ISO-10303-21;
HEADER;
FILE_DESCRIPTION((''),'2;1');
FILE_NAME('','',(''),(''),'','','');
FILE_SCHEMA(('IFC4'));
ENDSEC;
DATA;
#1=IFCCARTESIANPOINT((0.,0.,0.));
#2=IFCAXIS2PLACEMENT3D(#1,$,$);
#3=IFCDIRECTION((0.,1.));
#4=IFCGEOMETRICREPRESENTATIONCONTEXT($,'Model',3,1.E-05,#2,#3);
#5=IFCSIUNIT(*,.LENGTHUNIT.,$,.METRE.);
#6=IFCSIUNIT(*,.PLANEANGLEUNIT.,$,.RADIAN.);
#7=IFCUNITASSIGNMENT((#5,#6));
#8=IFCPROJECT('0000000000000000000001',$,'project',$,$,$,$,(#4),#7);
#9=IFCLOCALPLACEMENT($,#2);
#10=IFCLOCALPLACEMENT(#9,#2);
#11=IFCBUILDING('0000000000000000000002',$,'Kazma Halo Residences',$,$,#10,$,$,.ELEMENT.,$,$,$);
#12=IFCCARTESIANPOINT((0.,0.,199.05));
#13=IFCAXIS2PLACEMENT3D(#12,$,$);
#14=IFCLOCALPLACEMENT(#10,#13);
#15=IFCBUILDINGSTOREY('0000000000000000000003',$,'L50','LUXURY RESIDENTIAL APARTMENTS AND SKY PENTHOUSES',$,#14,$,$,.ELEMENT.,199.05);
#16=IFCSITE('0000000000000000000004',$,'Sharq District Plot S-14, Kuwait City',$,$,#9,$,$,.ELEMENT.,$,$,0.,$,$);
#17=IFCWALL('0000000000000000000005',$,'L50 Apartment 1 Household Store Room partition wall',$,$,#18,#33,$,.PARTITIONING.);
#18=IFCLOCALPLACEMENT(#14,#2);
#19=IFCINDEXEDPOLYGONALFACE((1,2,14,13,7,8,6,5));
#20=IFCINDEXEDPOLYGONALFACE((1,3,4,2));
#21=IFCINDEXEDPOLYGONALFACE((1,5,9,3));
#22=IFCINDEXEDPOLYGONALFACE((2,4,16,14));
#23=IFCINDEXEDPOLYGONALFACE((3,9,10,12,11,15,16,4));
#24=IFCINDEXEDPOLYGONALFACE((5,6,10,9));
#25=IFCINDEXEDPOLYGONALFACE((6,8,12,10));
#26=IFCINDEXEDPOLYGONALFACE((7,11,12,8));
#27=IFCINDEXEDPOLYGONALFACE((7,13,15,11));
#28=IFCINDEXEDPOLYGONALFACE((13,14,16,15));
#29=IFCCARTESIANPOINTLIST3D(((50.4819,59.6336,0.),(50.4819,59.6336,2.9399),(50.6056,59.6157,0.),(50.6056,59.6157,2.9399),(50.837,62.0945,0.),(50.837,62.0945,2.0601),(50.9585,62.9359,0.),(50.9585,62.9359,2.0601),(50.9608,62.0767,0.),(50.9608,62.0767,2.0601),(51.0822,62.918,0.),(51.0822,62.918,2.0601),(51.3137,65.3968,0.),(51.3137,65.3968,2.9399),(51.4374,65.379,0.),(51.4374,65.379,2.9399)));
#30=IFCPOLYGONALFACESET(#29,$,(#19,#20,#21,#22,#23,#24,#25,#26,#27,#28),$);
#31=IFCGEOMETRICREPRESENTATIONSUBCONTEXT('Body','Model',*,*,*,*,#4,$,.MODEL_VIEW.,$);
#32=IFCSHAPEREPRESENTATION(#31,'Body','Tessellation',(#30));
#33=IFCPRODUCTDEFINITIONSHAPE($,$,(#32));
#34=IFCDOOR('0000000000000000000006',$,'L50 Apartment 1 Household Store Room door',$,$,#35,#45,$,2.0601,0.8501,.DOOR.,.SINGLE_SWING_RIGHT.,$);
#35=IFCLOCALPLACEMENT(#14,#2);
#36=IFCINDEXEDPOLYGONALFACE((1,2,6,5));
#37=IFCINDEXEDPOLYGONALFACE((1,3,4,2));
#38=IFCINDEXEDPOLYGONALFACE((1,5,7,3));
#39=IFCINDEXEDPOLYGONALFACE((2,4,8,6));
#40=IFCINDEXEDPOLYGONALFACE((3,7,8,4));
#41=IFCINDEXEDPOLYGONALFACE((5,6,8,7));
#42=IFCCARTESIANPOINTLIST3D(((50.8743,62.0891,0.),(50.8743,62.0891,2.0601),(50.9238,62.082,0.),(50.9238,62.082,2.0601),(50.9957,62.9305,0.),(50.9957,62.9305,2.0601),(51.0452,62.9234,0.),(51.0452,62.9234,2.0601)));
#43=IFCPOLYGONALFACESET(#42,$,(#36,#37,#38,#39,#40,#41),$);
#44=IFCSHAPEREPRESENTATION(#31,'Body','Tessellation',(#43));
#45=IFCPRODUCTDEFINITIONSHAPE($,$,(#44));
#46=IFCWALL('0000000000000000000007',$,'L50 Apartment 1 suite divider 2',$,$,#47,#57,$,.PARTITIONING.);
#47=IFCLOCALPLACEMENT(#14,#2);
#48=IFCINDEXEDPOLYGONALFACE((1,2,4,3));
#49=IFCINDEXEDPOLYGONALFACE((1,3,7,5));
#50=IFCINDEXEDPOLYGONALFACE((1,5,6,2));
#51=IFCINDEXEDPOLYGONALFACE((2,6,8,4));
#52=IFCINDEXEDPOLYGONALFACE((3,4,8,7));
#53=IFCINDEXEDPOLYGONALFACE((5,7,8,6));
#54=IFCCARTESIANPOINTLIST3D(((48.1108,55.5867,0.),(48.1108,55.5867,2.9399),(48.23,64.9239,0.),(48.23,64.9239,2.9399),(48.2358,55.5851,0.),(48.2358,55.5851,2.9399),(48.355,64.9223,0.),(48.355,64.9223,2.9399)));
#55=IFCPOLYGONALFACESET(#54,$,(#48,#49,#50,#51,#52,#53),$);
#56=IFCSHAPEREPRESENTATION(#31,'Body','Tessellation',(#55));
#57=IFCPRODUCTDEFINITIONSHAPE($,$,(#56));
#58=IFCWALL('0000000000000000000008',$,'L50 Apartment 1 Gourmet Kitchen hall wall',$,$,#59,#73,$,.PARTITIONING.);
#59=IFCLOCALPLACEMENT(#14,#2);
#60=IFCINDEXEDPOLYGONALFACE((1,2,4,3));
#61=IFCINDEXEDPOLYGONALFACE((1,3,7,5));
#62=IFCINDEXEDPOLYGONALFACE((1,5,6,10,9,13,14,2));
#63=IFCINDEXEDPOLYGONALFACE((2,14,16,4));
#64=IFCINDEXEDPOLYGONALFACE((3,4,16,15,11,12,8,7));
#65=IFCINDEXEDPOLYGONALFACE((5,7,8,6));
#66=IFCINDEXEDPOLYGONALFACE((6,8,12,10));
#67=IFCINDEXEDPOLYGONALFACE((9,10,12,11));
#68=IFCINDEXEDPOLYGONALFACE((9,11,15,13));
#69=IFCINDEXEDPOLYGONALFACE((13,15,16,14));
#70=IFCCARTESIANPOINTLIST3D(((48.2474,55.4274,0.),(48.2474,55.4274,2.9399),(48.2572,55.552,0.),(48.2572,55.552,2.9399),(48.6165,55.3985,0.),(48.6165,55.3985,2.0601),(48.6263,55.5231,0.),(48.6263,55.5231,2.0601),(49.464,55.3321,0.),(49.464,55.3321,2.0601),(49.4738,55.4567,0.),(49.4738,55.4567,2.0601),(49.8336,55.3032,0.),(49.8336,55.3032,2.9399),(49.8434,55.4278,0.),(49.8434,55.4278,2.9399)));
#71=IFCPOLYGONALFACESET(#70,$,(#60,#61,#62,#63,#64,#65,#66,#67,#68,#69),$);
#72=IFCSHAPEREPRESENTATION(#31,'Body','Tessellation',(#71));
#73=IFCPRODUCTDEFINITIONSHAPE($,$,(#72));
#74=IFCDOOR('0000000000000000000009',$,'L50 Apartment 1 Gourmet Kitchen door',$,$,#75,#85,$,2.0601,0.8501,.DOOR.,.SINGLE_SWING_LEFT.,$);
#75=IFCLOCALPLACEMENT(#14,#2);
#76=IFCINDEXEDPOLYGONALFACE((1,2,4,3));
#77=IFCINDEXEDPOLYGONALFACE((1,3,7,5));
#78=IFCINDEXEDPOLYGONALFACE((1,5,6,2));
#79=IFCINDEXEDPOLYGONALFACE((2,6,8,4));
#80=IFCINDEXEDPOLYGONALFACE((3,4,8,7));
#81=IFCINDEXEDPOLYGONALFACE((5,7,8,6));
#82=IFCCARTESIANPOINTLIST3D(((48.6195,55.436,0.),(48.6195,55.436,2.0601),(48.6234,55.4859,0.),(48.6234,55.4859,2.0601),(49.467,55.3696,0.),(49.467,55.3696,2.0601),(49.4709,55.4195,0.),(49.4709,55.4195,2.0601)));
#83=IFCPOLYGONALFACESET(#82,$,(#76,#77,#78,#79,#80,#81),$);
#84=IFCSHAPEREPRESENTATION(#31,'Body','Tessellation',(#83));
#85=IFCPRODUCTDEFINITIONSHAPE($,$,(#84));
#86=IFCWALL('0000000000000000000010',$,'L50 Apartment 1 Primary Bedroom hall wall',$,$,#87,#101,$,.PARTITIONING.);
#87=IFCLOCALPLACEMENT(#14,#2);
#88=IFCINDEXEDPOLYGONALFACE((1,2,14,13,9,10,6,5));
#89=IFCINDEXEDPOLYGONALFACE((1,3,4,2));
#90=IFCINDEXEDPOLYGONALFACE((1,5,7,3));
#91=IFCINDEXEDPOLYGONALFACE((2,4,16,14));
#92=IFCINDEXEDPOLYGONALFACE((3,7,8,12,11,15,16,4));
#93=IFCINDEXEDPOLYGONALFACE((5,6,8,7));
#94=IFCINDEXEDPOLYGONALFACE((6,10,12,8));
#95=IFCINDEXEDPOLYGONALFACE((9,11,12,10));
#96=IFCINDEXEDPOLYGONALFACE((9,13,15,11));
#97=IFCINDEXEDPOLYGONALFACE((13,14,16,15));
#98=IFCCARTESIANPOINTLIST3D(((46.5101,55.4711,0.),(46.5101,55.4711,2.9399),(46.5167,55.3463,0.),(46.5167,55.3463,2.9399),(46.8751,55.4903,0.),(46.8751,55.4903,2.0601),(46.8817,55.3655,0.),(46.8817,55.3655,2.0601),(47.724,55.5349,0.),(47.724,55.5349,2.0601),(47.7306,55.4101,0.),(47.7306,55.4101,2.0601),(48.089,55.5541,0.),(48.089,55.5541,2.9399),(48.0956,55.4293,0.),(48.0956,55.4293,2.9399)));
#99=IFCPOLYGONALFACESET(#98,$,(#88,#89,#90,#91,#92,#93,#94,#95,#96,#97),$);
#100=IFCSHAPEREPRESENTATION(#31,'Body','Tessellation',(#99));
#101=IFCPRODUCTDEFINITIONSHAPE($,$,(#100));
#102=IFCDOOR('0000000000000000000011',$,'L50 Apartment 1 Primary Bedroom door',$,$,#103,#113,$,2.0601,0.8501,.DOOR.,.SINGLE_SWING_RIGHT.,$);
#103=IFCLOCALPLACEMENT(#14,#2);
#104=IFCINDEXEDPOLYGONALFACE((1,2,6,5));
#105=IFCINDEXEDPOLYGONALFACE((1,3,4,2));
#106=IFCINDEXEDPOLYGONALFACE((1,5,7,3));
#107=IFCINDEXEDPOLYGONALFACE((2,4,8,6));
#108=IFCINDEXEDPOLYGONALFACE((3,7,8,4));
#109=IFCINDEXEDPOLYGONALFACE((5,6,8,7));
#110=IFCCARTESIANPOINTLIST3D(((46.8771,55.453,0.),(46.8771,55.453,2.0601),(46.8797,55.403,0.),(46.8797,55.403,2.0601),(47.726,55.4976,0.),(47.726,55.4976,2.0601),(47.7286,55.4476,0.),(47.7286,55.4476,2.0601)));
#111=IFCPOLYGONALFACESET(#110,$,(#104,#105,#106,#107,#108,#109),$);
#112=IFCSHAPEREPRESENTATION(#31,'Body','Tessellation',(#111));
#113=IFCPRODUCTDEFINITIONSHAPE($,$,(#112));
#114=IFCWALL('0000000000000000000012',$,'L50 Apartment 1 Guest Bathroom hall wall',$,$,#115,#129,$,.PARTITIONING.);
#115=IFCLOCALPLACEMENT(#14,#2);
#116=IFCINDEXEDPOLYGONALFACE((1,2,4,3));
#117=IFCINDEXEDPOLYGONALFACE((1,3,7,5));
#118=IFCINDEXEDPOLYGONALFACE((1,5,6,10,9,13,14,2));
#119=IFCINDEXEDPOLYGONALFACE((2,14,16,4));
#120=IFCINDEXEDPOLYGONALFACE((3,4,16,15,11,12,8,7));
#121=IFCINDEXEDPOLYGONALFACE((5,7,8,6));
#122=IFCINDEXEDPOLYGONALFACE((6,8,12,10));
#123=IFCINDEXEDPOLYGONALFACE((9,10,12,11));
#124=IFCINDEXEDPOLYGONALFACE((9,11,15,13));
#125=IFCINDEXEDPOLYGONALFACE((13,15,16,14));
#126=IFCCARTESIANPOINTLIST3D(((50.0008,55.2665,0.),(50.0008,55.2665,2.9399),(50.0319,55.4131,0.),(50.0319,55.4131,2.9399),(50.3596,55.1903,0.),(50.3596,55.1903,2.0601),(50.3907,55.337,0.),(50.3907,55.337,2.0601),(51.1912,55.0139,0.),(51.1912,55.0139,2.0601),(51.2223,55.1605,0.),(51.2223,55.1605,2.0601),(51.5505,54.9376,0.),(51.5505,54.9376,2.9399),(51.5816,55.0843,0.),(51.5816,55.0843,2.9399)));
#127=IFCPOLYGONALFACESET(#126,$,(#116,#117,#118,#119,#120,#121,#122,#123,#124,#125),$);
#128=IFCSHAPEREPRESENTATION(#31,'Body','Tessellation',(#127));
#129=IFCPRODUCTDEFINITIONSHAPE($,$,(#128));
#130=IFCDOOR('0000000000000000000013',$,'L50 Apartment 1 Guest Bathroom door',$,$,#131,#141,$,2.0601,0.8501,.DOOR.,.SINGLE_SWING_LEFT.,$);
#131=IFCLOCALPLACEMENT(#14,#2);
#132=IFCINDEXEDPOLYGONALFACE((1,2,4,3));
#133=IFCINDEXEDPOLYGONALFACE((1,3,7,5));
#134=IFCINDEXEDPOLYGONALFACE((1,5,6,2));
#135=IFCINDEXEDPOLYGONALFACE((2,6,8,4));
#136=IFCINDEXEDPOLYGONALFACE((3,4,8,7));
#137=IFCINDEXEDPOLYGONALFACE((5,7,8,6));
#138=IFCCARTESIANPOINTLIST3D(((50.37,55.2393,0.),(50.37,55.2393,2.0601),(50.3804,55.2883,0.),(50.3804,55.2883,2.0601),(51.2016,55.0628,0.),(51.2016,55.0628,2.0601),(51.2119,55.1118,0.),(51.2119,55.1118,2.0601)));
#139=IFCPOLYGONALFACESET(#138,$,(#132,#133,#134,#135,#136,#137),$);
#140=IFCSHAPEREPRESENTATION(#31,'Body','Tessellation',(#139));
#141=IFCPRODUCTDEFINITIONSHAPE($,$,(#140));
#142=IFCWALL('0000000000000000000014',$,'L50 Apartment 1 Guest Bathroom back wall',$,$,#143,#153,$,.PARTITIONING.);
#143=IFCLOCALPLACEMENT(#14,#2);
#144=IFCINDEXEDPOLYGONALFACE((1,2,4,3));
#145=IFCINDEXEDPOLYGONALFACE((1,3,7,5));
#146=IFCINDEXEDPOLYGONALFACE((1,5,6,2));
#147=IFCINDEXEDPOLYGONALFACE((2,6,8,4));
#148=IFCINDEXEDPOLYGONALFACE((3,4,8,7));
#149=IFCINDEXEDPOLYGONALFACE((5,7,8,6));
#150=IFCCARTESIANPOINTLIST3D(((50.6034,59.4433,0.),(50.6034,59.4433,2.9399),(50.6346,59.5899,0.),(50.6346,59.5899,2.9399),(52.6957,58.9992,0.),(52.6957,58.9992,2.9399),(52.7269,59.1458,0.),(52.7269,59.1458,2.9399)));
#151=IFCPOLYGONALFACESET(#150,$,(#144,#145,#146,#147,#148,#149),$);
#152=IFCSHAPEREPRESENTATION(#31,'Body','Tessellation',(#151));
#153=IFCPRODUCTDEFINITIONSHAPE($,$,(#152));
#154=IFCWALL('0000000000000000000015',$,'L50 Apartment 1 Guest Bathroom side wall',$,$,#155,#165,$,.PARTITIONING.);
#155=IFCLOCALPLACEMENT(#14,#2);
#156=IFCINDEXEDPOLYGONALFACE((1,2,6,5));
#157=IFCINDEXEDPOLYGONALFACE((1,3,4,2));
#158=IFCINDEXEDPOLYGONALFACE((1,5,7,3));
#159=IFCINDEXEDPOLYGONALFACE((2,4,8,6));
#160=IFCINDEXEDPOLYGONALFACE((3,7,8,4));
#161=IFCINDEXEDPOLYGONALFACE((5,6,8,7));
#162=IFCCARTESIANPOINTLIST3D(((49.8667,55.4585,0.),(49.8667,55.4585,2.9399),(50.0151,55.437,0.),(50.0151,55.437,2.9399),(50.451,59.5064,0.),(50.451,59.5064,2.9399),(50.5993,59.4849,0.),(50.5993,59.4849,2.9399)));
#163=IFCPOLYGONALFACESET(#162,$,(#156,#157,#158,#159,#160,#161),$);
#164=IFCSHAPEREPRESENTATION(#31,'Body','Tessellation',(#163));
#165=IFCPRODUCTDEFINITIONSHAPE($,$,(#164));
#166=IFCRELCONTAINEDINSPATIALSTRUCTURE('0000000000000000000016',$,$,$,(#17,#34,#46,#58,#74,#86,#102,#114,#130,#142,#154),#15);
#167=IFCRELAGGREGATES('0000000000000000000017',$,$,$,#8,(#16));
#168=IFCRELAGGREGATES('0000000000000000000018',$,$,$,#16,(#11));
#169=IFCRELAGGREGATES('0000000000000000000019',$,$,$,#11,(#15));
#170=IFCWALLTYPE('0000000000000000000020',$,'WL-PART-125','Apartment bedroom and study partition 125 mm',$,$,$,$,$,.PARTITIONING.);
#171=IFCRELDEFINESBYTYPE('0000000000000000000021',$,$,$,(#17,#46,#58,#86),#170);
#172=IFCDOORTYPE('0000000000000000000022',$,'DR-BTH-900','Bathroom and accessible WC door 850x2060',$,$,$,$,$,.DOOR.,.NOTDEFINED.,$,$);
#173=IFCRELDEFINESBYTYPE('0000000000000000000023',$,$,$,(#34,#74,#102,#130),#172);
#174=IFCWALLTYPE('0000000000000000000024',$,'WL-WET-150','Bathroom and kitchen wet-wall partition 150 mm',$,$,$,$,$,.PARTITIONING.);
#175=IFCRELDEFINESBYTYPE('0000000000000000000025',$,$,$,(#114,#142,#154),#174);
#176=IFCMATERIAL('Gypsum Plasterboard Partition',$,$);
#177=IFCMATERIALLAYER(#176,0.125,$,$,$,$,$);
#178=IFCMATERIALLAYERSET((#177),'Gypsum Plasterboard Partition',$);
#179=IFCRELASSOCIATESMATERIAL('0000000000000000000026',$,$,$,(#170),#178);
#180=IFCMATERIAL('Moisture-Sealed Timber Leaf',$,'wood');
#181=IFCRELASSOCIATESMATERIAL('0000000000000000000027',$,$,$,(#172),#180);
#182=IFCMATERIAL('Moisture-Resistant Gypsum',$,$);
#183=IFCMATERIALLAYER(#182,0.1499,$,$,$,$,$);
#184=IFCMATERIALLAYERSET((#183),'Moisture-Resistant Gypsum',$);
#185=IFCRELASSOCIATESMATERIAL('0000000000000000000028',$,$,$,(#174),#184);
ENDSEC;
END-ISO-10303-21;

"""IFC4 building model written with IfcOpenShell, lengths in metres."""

from ifc_helpers import new_model, si_unit, direction, frame, frame_2d, origin, place, context, subcontext, project, spatial, rectangle, extrude, material, layer, layer_set, type_object, element, fill, save


model = new_model("IFC4")

# Units and contexts
model_context = context("Model", 3, precision=1e-05, world=origin(), true_north=direction((0.0, 1.0)))
body_context = subcontext(model_context, "Body", "Model", "MODEL_VIEW")
ifc_project = project(units=[si_unit("LENGTHUNIT", "METRE"), si_unit("PLANEANGLEUNIT", "RADIAN")], contexts=[model_context])

# Site, building, storey
site_placement = place(None, origin())
site = spatial("IfcSite", under=ifc_project, at=site_placement, Name="Sharq District Plot S-14, Kuwait City", CompositionType="ELEMENT", RefElevation=0.0)
building_placement = place(site_placement, origin())
building = spatial("IfcBuilding", under=site, at=building_placement, Name="Kazma Halo Residences", CompositionType="ELEMENT")
storey_placement = place(building_placement, frame((0.0, 0.0, 199.05)))
storey = spatial("IfcBuildingStorey", under=building, at=storey_placement, Name="L50", Description="LUXURY RESIDENTIAL APARTMENTS AND SKY PENTHOUSES", CompositionType="ELEMENT", Elevation=199.05)

# Wall, opening, door
ifc_material_1 = material(Name="Gypsum Plasterboard Partition")
ifc_layer_1 = layer(ifc_material_1, 0.125)
ifc_layer_set_1 = layer_set([ifc_layer_1], Name="Gypsum Plasterboard Partition")
wall_type_1 = type_object("IfcWallType", Name="WL-PART-125", Description="Apartment bedroom and study partition 125 mm", PredefinedType="PARTITIONING", material=ifc_layer_set_1)
wall_1_placement = place(storey_placement, frame((50.5437, 59.6245, 0.0), z_axis=(0.0, 0.0, 1.0), x_axis=(0.142848, 0.989745, 0.0)))
wall_1 = element("IfcWall", 1, at=wall_1_placement, inside=storey, type_object=wall_type_1, Name="L50 Apartment 1 Household Store Room partition wall", PredefinedType="PARTITIONING", context=body_context, shape_type="SweptSolid", body=[
    extrude(rectangle(XDim=5.823, YDim=0.125, at=frame_2d((2.9116, 0.0))), origin(), (0.0, 0.0, 1.0), 2.9399),
])
opening_1_placement = place(wall_1_placement, frame((2.4866, 0.0, 0.0)))
opening_1 = element("IfcOpeningElement", 2, at=opening_1_placement, cuts=wall_1, PredefinedType="OPENING", context=body_context, shape_type="SweptSolid", body=[
    extrude(rectangle(XDim=0.8501, YDim=2.0601, at=frame_2d((0.425, 1.03))), frame((0.0, 0.0725, 0.0), z_axis=(0.0, -1.0, 0.0), x_axis=(1.0, 0.0, 0.0)), (0.0, 0.0, 1.0), 0.145),
])
ifc_material_2 = material(Name="Moisture-Sealed Timber Leaf", Category="wood")
door_type_1 = type_object("IfcDoorType", Name="DR-BTH-900", Description="Bathroom and accessible WC door 850x2060", OperationType="NOTDEFINED", PredefinedType="DOOR", material=ifc_material_2)
door_1_placement = place(opening_1_placement, origin())
door_1 = element("IfcDoor", 3, at=door_1_placement, inside=storey, type_object=door_type_1, Name="L50 Apartment 1 Household Store Room door", OperationType="SINGLE_SWING_RIGHT", OverallHeight=2.0601, OverallWidth=0.8501, PredefinedType="DOOR", context=body_context, shape_type="SweptSolid", body=[
    extrude(rectangle(XDim=0.8501, YDim=2.0601, at=frame_2d((0.425, 1.03))), frame((0.0, 0.0249, 0.0), z_axis=(0.0, -1.0, 0.0), x_axis=(1.0, 0.0, 0.0)), (0.0, 0.0, 1.0), 0.05),
])
fill(opening_1, door_1)

# Wall
wall_2_placement = place(storey_placement, frame((48.1733, 55.5859, 0.0), z_axis=(0.0, 0.0, 1.0), x_axis=(0.012759, 0.999919, 0.0)))
element("IfcWall", 4, at=wall_2_placement, inside=storey, type_object=wall_type_1, Name="L50 Apartment 1 suite divider 2", PredefinedType="PARTITIONING", context=body_context, shape_type="SweptSolid", body=[
    extrude(rectangle(XDim=9.3379, YDim=0.125, at=frame_2d((4.6689, 0.0))), origin(), (0.0, 0.0, 1.0), 2.9399),
])

# Walls, openings, doors
wall_3_placement = place(storey_placement, frame((49.8384, 55.3655, 0.0), z_axis=(0.0, 0.0, 1.0), x_axis=(-0.996945, 0.078105, 0.0)))
wall_3 = element("IfcWall", 5, at=wall_3_placement, inside=storey, type_object=wall_type_1, Name="L50 Apartment 1 Gourmet Kitchen hall wall", PredefinedType="PARTITIONING", context=body_context, shape_type="SweptSolid", body=[
    extrude(rectangle(XDim=1.5911, YDim=0.125, at=frame_2d((0.7954, 0.0))), origin(), (0.0, 0.0, 1.0), 2.9399),
])
opening_2_placement = place(wall_3_placement, frame((0.3706, 0.0, 0.0)))
opening_2 = element("IfcOpeningElement", 6, at=opening_2_placement, cuts=wall_3, PredefinedType="OPENING", context=body_context, shape_type="SweptSolid", body=[
    extrude(rectangle(XDim=0.8501, YDim=2.0601, at=frame_2d((0.425, 1.03))), frame((0.0, 0.0725, 0.0), z_axis=(0.0, -1.0, 0.0), x_axis=(1.0, 0.0, 0.0)), (0.0, 0.0, 1.0), 0.145),
])
door_2_placement = place(opening_2_placement, origin())
door_2 = element("IfcDoor", 7, at=door_2_placement, inside=storey, type_object=door_type_1, Name="L50 Apartment 1 Gourmet Kitchen door", OperationType="SINGLE_SWING_LEFT", OverallHeight=2.0601, OverallWidth=0.8501, PredefinedType="DOOR", context=body_context, shape_type="SweptSolid", body=[
    extrude(rectangle(XDim=0.8501, YDim=2.0601, at=frame_2d((0.425, 1.03))), frame((0.0, 0.0249, 0.0), z_axis=(0.0, -1.0, 0.0), x_axis=(1.0, 0.0, 0.0)), (0.0, 0.0, 1.0), 0.05),
])
fill(opening_2, door_2)
wall_4_placement = place(storey_placement, frame((48.0923, 55.4917, 0.0), z_axis=(0.0, 0.0, 1.0), x_axis=(-0.998621, -0.052502, 0.0)))
wall_4 = element("IfcWall", 8, at=wall_4_placement, inside=storey, type_object=wall_type_1, Name="L50 Apartment 1 Primary Bedroom hall wall", PredefinedType="PARTITIONING", context=body_context, shape_type="SweptSolid", body=[
    extrude(rectangle(XDim=1.5811, YDim=0.125, at=frame_2d((0.7905, 0.0))), origin(), (0.0, 0.0, 1.0), 2.9399),
])
opening_3_placement = place(wall_4_placement, frame((0.3655, 0.0, 0.0)))
opening_3 = element("IfcOpeningElement", 9, at=opening_3_placement, cuts=wall_4, PredefinedType="OPENING", context=body_context, shape_type="SweptSolid", body=[
    extrude(rectangle(XDim=0.8501, YDim=2.0601, at=frame_2d((0.425, 1.03))), frame((0.0, 0.0725, 0.0), z_axis=(0.0, -1.0, 0.0), x_axis=(1.0, 0.0, 0.0)), (0.0, 0.0, 1.0), 0.145),
])
door_3_placement = place(opening_3_placement, origin())
door_3 = element("IfcDoor", 10, at=door_3_placement, inside=storey, type_object=door_type_1, Name="L50 Apartment 1 Primary Bedroom door", OperationType="SINGLE_SWING_RIGHT", OverallHeight=2.0601, OverallWidth=0.8501, PredefinedType="DOOR", context=body_context, shape_type="SweptSolid", body=[
    extrude(rectangle(XDim=0.8501, YDim=2.0601, at=frame_2d((0.425, 1.03))), frame((0.0, 0.0249, 0.0), z_axis=(0.0, -1.0, 0.0), x_axis=(1.0, 0.0, 0.0)), (0.0, 0.0, 1.0), 0.05),
])
fill(opening_3, door_3)
ifc_material_3 = material(Name="Moisture-Resistant Gypsum")
ifc_layer_2 = layer(ifc_material_3, 0.1499)
ifc_layer_set_2 = layer_set([ifc_layer_2], Name="Moisture-Resistant Gypsum")
wall_type_2 = type_object("IfcWallType", Name="WL-WET-150", Description="Bathroom and kitchen wet-wall partition 150 mm", PredefinedType="PARTITIONING", material=ifc_layer_set_2)
wall_5_placement = place(storey_placement, frame((51.5659, 55.011, 0.0), z_axis=(0.0, 0.0, 1.0), x_axis=(-0.97822, 0.207571, 0.0)))
wall_5 = element("IfcWall", 11, at=wall_5_placement, inside=storey, type_object=wall_type_2, Name="L50 Apartment 1 Guest Bathroom hall wall", PredefinedType="PARTITIONING", context=body_context, shape_type="SweptSolid", body=[
    extrude(rectangle(XDim=1.5842, YDim=0.1499, at=frame_2d((0.792, 0.0))), origin(), (0.0, 0.0, 1.0), 2.9399),
])
opening_4_placement = place(wall_5_placement, frame((0.3672, 0.0, 0.0)))
opening_4 = element("IfcOpeningElement", 12, at=opening_4_placement, cuts=wall_5, PredefinedType="OPENING", context=body_context, shape_type="SweptSolid", body=[
    extrude(rectangle(XDim=0.8501, YDim=2.0601, at=frame_2d((0.425, 1.03))), frame((0.0, 0.085, 0.0), z_axis=(0.0, -1.0, 0.0), x_axis=(1.0, 0.0, 0.0)), (0.0, 0.0, 1.0), 0.1699),
])
door_4_placement = place(opening_4_placement, origin())
door_4 = element("IfcDoor", 13, at=door_4_placement, inside=storey, type_object=door_type_1, Name="L50 Apartment 1 Guest Bathroom door", OperationType="SINGLE_SWING_LEFT", OverallHeight=2.0601, OverallWidth=0.8501, PredefinedType="DOOR", context=body_context, shape_type="SweptSolid", body=[
    extrude(rectangle(XDim=0.8501, YDim=2.0601, at=frame_2d((0.425, 1.03))), frame((0.0, 0.0249, 0.0), z_axis=(0.0, -1.0, 0.0), x_axis=(1.0, 0.0, 0.0)), (0.0, 0.0, 1.0), 0.05),
])
fill(opening_4, door_4)

# Walls
wall_6_placement = place(storey_placement, frame((52.7112, 59.0725, 0.0), z_axis=(0.0, 0.0, 1.0), x_axis=(-0.978208, 0.207627, 0.0)))
element("IfcWall", 14, at=wall_6_placement, inside=storey, type_object=wall_type_2, Name="L50 Apartment 1 Guest Bathroom back wall", PredefinedType="PARTITIONING", context=body_context, shape_type="SweptSolid", body=[
    extrude(rectangle(XDim=2.1389, YDim=0.1499, at=frame_2d((1.0693, 0.0))), origin(), (0.0, 0.0, 1.0), 2.9399),
])
wall_7_placement = place(storey_placement, frame((49.9409, 55.4478, 0.0), z_axis=(0.0, 0.0, 1.0), x_axis=(0.14285, 0.989744, 0.0)))
element("IfcWall", 15, at=wall_7_placement, inside=storey, type_object=wall_type_2, Name="L50 Apartment 1 Guest Bathroom side wall", PredefinedType="PARTITIONING", context=body_context, shape_type="SweptSolid", body=[
    extrude(rectangle(XDim=4.0898, YDim=0.1499, at=frame_2d((2.0449, 0.0))), origin(), (0.0, 0.0, 1.0), 2.9399),
])

save(model, "model.ifc")
